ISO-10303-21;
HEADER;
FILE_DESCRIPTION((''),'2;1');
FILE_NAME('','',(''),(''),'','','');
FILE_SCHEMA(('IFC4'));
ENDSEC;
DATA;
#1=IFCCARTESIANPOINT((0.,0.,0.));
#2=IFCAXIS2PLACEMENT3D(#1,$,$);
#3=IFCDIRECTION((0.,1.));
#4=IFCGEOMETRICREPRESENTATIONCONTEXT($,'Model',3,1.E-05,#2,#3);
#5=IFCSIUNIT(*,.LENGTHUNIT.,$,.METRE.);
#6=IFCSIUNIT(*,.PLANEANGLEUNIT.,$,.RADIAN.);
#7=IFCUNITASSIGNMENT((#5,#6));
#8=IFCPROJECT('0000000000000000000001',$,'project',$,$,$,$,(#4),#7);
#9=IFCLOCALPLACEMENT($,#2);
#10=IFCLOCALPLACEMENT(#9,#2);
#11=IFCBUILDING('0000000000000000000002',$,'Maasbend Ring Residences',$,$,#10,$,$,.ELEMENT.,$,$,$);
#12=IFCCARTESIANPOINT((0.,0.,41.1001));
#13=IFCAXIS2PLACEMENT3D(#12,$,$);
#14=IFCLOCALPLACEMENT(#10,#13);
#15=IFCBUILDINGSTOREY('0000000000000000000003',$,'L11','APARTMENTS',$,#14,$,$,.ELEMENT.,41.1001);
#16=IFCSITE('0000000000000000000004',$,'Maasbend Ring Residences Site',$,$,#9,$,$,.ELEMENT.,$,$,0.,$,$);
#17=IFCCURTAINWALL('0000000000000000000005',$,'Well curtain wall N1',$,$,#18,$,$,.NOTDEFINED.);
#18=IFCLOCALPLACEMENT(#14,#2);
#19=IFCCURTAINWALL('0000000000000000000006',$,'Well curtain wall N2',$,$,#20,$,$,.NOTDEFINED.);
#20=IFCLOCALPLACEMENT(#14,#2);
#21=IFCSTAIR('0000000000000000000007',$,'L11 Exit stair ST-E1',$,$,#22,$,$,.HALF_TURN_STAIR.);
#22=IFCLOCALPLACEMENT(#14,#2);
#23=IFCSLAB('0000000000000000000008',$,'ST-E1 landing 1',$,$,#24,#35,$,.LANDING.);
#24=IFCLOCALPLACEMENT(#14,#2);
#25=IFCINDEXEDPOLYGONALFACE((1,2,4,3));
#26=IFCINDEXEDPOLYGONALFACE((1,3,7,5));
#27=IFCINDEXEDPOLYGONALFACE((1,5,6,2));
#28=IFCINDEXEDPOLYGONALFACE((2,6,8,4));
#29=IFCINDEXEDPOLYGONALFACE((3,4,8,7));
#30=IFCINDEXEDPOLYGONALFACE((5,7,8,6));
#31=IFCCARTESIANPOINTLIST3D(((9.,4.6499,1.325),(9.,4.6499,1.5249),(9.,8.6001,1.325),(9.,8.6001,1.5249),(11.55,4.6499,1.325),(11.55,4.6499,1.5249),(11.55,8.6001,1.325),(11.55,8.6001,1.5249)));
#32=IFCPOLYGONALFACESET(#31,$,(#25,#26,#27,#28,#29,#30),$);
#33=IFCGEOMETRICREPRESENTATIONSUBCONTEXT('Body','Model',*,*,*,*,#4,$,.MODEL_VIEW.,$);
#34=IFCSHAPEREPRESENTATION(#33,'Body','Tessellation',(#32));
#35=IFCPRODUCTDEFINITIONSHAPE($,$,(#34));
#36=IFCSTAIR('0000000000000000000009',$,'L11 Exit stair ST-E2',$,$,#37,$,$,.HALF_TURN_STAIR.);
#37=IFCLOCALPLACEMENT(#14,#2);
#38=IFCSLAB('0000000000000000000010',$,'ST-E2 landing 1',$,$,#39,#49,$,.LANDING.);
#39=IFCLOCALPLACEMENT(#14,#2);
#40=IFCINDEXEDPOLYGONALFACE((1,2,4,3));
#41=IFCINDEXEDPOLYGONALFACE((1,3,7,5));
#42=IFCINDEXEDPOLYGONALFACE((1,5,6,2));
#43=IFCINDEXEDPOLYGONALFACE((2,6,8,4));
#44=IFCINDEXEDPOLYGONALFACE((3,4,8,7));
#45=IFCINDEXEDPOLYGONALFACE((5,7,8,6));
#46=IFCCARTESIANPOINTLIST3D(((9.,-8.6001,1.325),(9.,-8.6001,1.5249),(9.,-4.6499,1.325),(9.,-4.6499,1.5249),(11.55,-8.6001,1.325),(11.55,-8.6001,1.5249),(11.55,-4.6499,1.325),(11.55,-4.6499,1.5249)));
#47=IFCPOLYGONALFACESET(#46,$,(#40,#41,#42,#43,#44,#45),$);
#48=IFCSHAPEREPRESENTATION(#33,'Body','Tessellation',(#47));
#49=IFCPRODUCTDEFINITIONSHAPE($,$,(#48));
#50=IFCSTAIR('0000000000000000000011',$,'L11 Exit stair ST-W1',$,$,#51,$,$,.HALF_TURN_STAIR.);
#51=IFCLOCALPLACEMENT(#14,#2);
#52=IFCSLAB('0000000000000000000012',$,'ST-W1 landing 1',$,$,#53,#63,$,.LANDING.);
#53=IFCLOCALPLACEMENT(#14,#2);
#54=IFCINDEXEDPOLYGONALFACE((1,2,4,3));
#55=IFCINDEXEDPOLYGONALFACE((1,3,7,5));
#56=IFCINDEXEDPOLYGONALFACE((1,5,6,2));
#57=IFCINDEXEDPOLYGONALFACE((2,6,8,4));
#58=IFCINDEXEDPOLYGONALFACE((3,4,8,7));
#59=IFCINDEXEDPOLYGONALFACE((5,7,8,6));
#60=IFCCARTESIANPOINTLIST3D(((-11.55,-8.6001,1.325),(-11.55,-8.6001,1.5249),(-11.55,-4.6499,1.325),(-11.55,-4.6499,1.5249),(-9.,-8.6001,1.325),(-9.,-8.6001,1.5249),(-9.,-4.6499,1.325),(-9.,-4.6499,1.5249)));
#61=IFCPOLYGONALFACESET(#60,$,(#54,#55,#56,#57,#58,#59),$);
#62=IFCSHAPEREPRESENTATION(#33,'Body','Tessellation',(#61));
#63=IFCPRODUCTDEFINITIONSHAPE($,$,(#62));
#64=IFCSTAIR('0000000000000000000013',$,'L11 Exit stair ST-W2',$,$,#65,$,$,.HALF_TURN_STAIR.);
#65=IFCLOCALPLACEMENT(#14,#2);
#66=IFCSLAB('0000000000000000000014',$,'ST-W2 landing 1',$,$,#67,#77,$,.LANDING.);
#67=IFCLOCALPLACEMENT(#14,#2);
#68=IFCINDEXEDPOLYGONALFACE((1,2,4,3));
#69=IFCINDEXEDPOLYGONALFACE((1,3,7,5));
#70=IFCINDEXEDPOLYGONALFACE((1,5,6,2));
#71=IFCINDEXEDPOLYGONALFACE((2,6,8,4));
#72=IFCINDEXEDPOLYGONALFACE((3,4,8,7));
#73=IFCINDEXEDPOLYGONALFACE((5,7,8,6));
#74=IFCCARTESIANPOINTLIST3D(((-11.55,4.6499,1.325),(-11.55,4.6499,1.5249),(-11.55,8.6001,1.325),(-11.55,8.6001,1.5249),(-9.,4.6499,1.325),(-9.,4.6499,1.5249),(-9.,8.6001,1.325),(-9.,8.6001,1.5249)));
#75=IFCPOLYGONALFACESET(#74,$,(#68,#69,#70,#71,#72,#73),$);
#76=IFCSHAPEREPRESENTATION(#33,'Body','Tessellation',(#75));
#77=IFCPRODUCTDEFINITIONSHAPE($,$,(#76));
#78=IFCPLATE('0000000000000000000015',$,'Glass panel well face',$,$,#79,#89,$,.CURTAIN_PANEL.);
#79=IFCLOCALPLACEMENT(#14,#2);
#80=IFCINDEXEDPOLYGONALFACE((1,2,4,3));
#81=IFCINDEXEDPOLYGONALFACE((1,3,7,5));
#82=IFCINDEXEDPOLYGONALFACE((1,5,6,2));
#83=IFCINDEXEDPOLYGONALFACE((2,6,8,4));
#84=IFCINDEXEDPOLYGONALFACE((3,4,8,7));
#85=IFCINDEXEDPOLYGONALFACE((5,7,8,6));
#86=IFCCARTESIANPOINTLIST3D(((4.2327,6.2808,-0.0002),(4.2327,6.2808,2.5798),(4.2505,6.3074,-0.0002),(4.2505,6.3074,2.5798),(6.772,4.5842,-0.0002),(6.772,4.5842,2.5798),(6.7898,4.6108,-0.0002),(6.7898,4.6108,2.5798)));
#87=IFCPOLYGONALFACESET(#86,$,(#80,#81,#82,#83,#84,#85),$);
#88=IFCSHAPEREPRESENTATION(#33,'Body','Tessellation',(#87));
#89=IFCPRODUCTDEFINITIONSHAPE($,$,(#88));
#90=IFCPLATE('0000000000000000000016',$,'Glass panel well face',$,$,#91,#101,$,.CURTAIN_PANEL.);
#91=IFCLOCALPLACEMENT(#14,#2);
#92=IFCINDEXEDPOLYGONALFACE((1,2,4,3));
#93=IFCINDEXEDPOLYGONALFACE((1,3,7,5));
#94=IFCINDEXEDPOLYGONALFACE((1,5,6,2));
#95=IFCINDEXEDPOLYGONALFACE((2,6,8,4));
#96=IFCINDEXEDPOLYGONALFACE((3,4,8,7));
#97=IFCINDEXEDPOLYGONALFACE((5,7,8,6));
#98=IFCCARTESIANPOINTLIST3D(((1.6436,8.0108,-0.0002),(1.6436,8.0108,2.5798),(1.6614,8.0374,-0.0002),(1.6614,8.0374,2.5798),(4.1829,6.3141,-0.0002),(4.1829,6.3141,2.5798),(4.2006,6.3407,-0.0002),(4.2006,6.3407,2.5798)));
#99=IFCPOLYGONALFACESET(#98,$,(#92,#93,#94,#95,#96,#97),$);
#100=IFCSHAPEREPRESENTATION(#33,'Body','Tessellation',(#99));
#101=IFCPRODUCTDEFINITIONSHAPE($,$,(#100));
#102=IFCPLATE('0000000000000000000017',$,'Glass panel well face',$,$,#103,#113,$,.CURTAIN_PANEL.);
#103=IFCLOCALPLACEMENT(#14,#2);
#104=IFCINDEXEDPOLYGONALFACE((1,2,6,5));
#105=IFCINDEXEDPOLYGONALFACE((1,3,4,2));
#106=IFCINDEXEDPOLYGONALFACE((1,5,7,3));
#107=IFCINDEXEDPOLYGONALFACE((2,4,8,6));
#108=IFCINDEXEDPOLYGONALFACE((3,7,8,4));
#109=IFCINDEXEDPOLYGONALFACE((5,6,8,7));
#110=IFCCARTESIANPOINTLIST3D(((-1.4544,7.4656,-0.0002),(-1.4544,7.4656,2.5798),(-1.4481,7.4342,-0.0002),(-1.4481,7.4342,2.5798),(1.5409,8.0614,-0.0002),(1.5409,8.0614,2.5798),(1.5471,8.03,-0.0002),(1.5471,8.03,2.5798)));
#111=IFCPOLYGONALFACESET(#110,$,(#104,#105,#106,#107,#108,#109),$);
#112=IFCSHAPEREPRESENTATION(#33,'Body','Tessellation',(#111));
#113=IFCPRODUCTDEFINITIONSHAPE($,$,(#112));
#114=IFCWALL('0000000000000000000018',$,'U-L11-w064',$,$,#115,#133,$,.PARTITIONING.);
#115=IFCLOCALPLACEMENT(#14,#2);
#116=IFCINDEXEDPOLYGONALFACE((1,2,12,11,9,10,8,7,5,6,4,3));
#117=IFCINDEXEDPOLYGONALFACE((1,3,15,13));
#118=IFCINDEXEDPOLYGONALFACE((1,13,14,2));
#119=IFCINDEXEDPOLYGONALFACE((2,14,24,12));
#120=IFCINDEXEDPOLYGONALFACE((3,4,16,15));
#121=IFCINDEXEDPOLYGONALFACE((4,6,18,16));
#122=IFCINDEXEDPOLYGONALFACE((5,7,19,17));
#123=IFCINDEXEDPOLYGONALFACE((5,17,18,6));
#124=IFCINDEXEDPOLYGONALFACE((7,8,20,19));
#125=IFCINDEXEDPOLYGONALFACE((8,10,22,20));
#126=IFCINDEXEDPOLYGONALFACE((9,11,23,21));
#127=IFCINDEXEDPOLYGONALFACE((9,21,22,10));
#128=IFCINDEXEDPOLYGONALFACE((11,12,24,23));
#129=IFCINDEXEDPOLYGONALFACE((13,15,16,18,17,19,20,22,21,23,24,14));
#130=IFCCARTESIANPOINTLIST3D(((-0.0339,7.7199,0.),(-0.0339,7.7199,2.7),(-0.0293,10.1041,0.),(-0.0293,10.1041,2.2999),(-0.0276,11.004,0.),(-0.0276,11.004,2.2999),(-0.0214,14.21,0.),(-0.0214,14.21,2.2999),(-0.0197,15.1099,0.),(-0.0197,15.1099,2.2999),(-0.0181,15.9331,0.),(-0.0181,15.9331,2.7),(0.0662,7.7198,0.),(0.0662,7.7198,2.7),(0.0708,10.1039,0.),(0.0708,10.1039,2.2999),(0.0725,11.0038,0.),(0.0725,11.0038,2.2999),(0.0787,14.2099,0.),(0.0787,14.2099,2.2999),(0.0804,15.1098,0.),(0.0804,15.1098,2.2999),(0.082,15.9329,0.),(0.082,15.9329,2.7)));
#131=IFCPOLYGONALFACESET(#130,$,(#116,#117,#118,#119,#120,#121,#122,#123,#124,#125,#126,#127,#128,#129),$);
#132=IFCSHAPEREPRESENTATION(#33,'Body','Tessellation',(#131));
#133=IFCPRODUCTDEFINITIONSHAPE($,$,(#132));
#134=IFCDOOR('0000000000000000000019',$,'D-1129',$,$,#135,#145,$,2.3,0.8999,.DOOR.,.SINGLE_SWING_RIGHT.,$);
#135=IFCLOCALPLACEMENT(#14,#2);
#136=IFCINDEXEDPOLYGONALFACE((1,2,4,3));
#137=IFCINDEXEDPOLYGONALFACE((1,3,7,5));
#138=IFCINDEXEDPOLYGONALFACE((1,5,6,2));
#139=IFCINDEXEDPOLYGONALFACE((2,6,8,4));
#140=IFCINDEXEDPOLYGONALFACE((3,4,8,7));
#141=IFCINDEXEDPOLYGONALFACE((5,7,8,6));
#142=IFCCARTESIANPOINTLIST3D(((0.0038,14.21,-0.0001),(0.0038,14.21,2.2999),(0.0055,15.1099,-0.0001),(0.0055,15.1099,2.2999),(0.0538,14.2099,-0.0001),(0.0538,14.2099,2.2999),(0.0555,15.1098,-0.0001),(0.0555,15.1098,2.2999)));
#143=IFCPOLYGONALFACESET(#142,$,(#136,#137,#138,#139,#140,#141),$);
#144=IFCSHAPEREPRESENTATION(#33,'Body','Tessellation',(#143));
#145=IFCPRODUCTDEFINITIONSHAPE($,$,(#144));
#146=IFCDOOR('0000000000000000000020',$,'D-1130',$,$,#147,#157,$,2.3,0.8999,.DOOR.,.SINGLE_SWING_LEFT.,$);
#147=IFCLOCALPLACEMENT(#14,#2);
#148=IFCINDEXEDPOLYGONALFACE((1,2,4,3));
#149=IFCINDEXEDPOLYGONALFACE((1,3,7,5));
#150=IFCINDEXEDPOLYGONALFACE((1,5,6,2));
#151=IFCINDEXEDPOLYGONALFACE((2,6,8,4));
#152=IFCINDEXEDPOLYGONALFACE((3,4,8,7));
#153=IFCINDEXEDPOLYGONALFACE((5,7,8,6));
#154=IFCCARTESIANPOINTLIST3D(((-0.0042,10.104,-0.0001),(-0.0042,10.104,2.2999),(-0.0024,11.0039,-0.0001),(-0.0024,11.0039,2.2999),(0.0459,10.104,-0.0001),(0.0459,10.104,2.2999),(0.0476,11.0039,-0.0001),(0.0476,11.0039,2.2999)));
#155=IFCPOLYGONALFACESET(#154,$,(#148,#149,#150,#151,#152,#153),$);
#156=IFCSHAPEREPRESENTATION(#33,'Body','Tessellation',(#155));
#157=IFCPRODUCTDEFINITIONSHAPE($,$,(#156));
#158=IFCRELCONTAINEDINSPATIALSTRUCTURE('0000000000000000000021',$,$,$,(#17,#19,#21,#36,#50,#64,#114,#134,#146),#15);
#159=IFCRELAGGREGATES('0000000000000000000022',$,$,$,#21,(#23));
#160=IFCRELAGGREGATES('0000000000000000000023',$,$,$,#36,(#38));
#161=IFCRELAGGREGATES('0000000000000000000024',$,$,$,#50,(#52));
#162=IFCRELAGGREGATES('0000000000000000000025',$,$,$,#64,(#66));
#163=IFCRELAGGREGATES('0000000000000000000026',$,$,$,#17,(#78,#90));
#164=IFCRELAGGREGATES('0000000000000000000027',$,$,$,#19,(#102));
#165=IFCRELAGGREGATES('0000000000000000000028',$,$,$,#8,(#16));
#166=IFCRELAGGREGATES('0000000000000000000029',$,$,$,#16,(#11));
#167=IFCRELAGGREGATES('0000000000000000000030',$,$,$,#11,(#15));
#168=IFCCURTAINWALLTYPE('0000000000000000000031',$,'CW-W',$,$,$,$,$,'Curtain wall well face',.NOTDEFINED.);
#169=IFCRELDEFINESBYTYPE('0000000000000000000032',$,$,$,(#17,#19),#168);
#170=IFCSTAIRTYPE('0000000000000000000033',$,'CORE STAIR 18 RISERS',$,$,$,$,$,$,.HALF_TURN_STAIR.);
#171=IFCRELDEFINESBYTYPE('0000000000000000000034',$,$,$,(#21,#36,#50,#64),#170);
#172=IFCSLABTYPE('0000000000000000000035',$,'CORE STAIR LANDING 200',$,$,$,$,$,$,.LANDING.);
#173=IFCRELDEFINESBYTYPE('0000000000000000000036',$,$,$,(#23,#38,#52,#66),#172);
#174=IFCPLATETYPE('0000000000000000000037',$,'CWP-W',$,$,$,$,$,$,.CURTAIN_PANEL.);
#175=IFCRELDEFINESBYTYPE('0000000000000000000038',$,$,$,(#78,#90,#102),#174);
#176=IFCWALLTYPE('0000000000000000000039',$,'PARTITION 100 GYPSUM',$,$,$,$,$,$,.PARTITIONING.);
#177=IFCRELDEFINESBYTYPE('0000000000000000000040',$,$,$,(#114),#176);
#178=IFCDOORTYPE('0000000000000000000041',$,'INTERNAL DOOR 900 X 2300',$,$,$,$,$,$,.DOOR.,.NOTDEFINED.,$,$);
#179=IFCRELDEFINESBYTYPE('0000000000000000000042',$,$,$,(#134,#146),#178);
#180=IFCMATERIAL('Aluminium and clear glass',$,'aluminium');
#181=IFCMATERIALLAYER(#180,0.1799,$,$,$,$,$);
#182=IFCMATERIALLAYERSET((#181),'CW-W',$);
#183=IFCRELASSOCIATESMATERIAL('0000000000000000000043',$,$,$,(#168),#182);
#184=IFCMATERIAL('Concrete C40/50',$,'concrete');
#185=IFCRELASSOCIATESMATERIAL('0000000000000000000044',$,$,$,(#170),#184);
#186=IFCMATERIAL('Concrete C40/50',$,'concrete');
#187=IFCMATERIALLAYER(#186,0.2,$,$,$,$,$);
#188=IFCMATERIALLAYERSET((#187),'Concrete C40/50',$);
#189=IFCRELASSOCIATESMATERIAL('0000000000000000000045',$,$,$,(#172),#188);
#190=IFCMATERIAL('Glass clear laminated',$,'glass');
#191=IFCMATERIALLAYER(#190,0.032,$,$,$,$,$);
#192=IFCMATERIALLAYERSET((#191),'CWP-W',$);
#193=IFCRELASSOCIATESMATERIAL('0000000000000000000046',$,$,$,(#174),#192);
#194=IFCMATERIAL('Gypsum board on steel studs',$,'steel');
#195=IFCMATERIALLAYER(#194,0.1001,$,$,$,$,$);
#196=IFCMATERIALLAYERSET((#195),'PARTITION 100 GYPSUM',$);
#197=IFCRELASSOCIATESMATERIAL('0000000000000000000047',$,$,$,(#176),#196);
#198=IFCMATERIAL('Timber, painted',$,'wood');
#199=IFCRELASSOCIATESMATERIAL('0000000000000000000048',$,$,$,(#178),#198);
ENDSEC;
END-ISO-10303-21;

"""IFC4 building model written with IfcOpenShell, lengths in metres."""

from ifc_helpers import new_model, si_unit, direction, frame, frame_2d, origin, origin_2d, place, context, subcontext, project, spatial, polyline, rectangle, outline, extrude, material, layer, layer_set, type_object, element, fill, aggregate, save


model = new_model("IFC4")

# Units and contexts
model_context = context("Model", 3, precision=1e-05, world=origin(), true_north=direction((0.0, 1.0)))
body_context = subcontext(model_context, "Body", "Model", "MODEL_VIEW")
ifc_project = project(units=[si_unit("LENGTHUNIT", "METRE"), si_unit("PLANEANGLEUNIT", "RADIAN")], contexts=[model_context])

# Site, building, storey
site_placement = place(None, origin())
site = spatial("IfcSite", under=ifc_project, at=site_placement, Name="Maasbend Ring Residences Site", CompositionType="ELEMENT", RefElevation=0.0)
building_placement = place(site_placement, origin())
building = spatial("IfcBuilding", under=site, at=building_placement, Name="Maasbend Ring Residences", CompositionType="ELEMENT")
storey_placement = place(building_placement, frame((0.0, 0.0, 41.1001)))
storey = spatial("IfcBuildingStorey", under=building, at=storey_placement, Name="L11", Description="APARTMENTS", CompositionType="ELEMENT", Elevation=41.1001)

# Curtain wall
ifc_material_1 = material(Name="Aluminium and clear glass", Category="aluminium")
ifc_layer_1 = layer(ifc_material_1, 0.1799)
ifc_layer_set_1 = layer_set([ifc_layer_1], Name="CW-W")
curtain_wall_type = type_object("IfcCurtainWallType", Name="CW-W", ElementType="Curtain wall well face", PredefinedType="NOTDEFINED", material=ifc_layer_set_1)
curtain_wall_1_placement = place(storey_placement, origin())
curtain_wall_1 = element("IfcCurtainWall", 1, at=curtain_wall_1_placement, inside=storey, type_object=curtain_wall_type, Name="Well curtain wall N1", PredefinedType="NOTDEFINED")

# Curtain wall
curtain_wall_2_placement = place(storey_placement, origin())
curtain_wall_2 = element("IfcCurtainWall", 2, at=curtain_wall_2_placement, inside=storey, type_object=curtain_wall_type, Name="Well curtain wall N2", PredefinedType="NOTDEFINED")

# Stairs, slabs
ifc_material_2 = material(Name="Concrete C40/50", Category="concrete")
stair_type = type_object("IfcStairType", Name="CORE STAIR 18 RISERS", PredefinedType="HALF_TURN_STAIR", material=ifc_material_2)
stair_1_placement = place(storey_placement, origin())
stair_1 = element("IfcStair", 3, at=stair_1_placement, inside=storey, type_object=stair_type, Name="L11 Exit stair ST-E1", PredefinedType="HALF_TURN_STAIR")
ifc_material_3 = material(Name="Concrete C40/50", Category="concrete")
ifc_layer_2 = layer(ifc_material_3, 0.2)
ifc_layer_set_2 = layer_set([ifc_layer_2], Name="Concrete C40/50")
slab_type = type_object("IfcSlabType", Name="CORE STAIR LANDING 200", PredefinedType="LANDING", material=ifc_layer_set_2)
slab_1_placement = place(storey_placement, frame((0.0, 0.0, 1.325)))
slab_1 = element("IfcSlab", 4, at=slab_1_placement, type_object=slab_type, Name="ST-E1 landing 1", PredefinedType="LANDING", context=body_context, shape_type="SweptSolid", body=[
    extrude(outline(polyline([(11.55, 8.6001), (9.0, 8.6001), (9.0, 4.6499), (11.55, 4.6499), (11.55, 8.6001)])), origin(), (0.0, 0.0, 1.0), 0.2),
])
aggregate(stair_1, [slab_1])
stair_2_placement = place(storey_placement, origin())
stair_2 = element("IfcStair", 5, at=stair_2_placement, inside=storey, type_object=stair_type, Name="L11 Exit stair ST-E2", PredefinedType="HALF_TURN_STAIR")
slab_2_placement = place(storey_placement, frame((0.0, 0.0, 1.325)))
slab_2 = element("IfcSlab", 6, at=slab_2_placement, type_object=slab_type, Name="ST-E2 landing 1", PredefinedType="LANDING", context=body_context, shape_type="SweptSolid", body=[
    extrude(outline(polyline([(11.55, -4.6499), (9.0, -4.6499), (9.0, -8.6001), (11.55, -8.6001), (11.55, -4.6499)])), origin(), (0.0, 0.0, 1.0), 0.2),
])
aggregate(stair_2, [slab_2])
stair_3_placement = place(storey_placement, origin())
stair_3 = element("IfcStair", 7, at=stair_3_placement, inside=storey, type_object=stair_type, Name="L11 Exit stair ST-W1", PredefinedType="HALF_TURN_STAIR")
slab_3_placement = place(storey_placement, frame((0.0, 0.0, 1.325)))
slab_3 = element("IfcSlab", 8, at=slab_3_placement, type_object=slab_type, Name="ST-W1 landing 1", PredefinedType="LANDING", context=body_context, shape_type="SweptSolid", body=[
    extrude(outline(polyline([(-11.55, -8.6001), (-9.0, -8.6001), (-9.0, -4.6499), (-11.55, -4.6499), (-11.55, -8.6001)])), origin(), (0.0, 0.0, 1.0), 0.2),
])
aggregate(stair_3, [slab_3])
stair_4_placement = place(storey_placement, origin())
stair_4 = element("IfcStair", 9, at=stair_4_placement, inside=storey, type_object=stair_type, Name="L11 Exit stair ST-W2", PredefinedType="HALF_TURN_STAIR")
slab_4_placement = place(storey_placement, frame((0.0, 0.0, 1.325)))
slab_4 = element("IfcSlab", 10, at=slab_4_placement, type_object=slab_type, Name="ST-W2 landing 1", PredefinedType="LANDING", context=body_context, shape_type="SweptSolid", body=[
    extrude(outline(polyline([(-11.55, 4.6499), (-9.0, 4.6499), (-9.0, 8.6001), (-11.55, 8.6001), (-11.55, 4.6499)])), origin(), (0.0, 0.0, 1.0), 0.2),
])
aggregate(stair_4, [slab_4])

# Plates
ifc_material_4 = material(Name="Glass clear laminated", Category="glass")
ifc_layer_3 = layer(ifc_material_4, 0.032)
ifc_layer_set_3 = layer_set([ifc_layer_3], Name="CWP-W")
plate_type = type_object("IfcPlateType", Name="CWP-W", PredefinedType="CURTAIN_PANEL", material=ifc_layer_set_3)
plate_1_placement = place(storey_placement, frame((5.5112, 5.4458, -0.0002), z_axis=(0.0, 0.0, 1.0), x_axis=(-0.83147, 0.55557, 0.0)))
plate_1 = element("IfcPlate", 11, at=plate_1_placement, type_object=plate_type, Name="Glass panel well face", PredefinedType="CURTAIN_PANEL", context=body_context, shape_type="SweptSolid", body=[
    extrude(rectangle(XDim=3.054, YDim=0.032, at=origin_2d()), origin(), (0.0, 0.0, 1.0), 2.5801),
])
plate_2_placement = place(storey_placement, frame((2.9221, 7.1758, -0.0002), z_axis=(0.0, 0.0, 1.0), x_axis=(-0.83147, 0.55557, 0.0)))
plate_2 = element("IfcPlate", 12, at=plate_2_placement, type_object=plate_type, Name="Glass panel well face", PredefinedType="CURTAIN_PANEL", context=body_context, shape_type="SweptSolid", body=[
    extrude(rectangle(XDim=3.054, YDim=0.032, at=origin_2d()), origin(), (0.0, 0.0, 1.0), 2.5801),
])
aggregate(curtain_wall_1, [plate_1, plate_2])
plate_3_placement = place(storey_placement, frame((0.0464, 7.7478, -0.0002), z_axis=(0.0, 0.0, 1.0), x_axis=(-0.980785, -0.19509, 0.0)))
plate_3 = element("IfcPlate", 13, at=plate_3_placement, type_object=plate_type, Name="Glass panel well face", PredefinedType="CURTAIN_PANEL", context=body_context, shape_type="SweptSolid", body=[
    extrude(rectangle(XDim=3.054, YDim=0.032, at=origin_2d()), origin(), (0.0, 0.0, 1.0), 2.5801),
])
aggregate(curtain_wall_2, [plate_3])

# Wall, openings, doors
ifc_material_5 = material(Name="Gypsum board on steel studs", Category="steel")
ifc_layer_4 = layer(ifc_material_5, 0.1001)
ifc_layer_set_4 = layer_set([ifc_layer_4], Name="PARTITION 100 GYPSUM")
wall_type_1 = type_object("IfcWallType", Name="PARTITION 100 GYPSUM", PredefinedType="PARTITIONING", material=ifc_layer_set_4)
wall_1_placement = place(storey_placement, frame((0.0161, 7.72, 0.0), z_axis=(0.0, 0.0, 1.0), x_axis=(0.001932, 0.999998, 0.0)))
wall_1 = element("IfcWall", 14, at=wall_1_placement, inside=storey, type_object=wall_type_1, Name="U-L11-w064", PredefinedType="PARTITIONING", context=body_context, shape_type="SweptSolid", body=[
    extrude(rectangle(XDim=8.2131, YDim=0.1001, at=frame_2d((4.1064, 0.0))), origin(), (0.0, 0.0, 1.0), 2.7),
])
opening_1_placement = place(wall_1_placement, frame((6.49, 0.0, 0.0)))
opening_1 = element("IfcOpeningElement", 15, at=opening_1_placement, cuts=wall_1, PredefinedType="OPENING", context=body_context, shape_type="SweptSolid", body=[
    extrude(rectangle(XDim=0.8999, YDim=2.3, at=frame_2d((0.45, 1.1499))), frame((0.0, 0.0601, 0.0), z_axis=(0.0, -1.0, 0.0), x_axis=(1.0, 0.0, 0.0)), (0.0, 0.0, 1.0), 0.1201),
])
opening_2_placement = place(wall_1_placement, frame((2.384, 0.0, 0.0)))
opening_2 = element("IfcOpeningElement", 16, at=opening_2_placement, cuts=wall_1, PredefinedType="OPENING", context=body_context, shape_type="SweptSolid", body=[
    extrude(rectangle(XDim=0.8999, YDim=2.3, at=frame_2d((0.45, 1.1499))), frame((0.0, 0.0601, 0.0), z_axis=(0.0, -1.0, 0.0), x_axis=(1.0, 0.0, 0.0)), (0.0, 0.0, 1.0), 0.1201),
])
ifc_material_6 = material(Name="Timber, painted", Category="wood")
door_type = type_object("IfcDoorType", Name="INTERNAL DOOR 900 X 2300", OperationType="NOTDEFINED", PredefinedType="DOOR", material=ifc_material_6)
door_1_placement = place(opening_1_placement, origin())
door_1 = element("IfcDoor", 17, at=door_1_placement, inside=storey, type_object=door_type, Name="D-1129", OperationType="SINGLE_SWING_RIGHT", OverallHeight=2.3, OverallWidth=0.8999, PredefinedType="DOOR", context=body_context, shape_type="SweptSolid", body=[
    extrude(rectangle(XDim=0.8999, YDim=2.3, at=frame_2d((0.45, 1.1499))), frame((0.0, 0.0249, 0.0), z_axis=(0.0, -1.0, 0.0), x_axis=(1.0, 0.0, 0.0)), (0.0, 0.0, 1.0), 0.05),
])
fill(opening_1, door_1)
door_2_placement = place(opening_2_placement, origin())
door_2 = element("IfcDoor", 18, at=door_2_placement, inside=storey, type_object=door_type, Name="D-1130", OperationType="SINGLE_SWING_LEFT", OverallHeight=2.3, OverallWidth=0.8999, PredefinedType="DOOR", context=body_context, shape_type="SweptSolid", body=[
    extrude(rectangle(XDim=0.8999, YDim=2.3, at=frame_2d((0.45, 1.1499))), frame((0.0, 0.0249, 0.0), z_axis=(0.0, -1.0, 0.0), x_axis=(1.0, 0.0, 0.0)), (0.0, 0.0, 1.0), 0.05),
])
fill(opening_2, door_2)

save(model, "model.ifc")
